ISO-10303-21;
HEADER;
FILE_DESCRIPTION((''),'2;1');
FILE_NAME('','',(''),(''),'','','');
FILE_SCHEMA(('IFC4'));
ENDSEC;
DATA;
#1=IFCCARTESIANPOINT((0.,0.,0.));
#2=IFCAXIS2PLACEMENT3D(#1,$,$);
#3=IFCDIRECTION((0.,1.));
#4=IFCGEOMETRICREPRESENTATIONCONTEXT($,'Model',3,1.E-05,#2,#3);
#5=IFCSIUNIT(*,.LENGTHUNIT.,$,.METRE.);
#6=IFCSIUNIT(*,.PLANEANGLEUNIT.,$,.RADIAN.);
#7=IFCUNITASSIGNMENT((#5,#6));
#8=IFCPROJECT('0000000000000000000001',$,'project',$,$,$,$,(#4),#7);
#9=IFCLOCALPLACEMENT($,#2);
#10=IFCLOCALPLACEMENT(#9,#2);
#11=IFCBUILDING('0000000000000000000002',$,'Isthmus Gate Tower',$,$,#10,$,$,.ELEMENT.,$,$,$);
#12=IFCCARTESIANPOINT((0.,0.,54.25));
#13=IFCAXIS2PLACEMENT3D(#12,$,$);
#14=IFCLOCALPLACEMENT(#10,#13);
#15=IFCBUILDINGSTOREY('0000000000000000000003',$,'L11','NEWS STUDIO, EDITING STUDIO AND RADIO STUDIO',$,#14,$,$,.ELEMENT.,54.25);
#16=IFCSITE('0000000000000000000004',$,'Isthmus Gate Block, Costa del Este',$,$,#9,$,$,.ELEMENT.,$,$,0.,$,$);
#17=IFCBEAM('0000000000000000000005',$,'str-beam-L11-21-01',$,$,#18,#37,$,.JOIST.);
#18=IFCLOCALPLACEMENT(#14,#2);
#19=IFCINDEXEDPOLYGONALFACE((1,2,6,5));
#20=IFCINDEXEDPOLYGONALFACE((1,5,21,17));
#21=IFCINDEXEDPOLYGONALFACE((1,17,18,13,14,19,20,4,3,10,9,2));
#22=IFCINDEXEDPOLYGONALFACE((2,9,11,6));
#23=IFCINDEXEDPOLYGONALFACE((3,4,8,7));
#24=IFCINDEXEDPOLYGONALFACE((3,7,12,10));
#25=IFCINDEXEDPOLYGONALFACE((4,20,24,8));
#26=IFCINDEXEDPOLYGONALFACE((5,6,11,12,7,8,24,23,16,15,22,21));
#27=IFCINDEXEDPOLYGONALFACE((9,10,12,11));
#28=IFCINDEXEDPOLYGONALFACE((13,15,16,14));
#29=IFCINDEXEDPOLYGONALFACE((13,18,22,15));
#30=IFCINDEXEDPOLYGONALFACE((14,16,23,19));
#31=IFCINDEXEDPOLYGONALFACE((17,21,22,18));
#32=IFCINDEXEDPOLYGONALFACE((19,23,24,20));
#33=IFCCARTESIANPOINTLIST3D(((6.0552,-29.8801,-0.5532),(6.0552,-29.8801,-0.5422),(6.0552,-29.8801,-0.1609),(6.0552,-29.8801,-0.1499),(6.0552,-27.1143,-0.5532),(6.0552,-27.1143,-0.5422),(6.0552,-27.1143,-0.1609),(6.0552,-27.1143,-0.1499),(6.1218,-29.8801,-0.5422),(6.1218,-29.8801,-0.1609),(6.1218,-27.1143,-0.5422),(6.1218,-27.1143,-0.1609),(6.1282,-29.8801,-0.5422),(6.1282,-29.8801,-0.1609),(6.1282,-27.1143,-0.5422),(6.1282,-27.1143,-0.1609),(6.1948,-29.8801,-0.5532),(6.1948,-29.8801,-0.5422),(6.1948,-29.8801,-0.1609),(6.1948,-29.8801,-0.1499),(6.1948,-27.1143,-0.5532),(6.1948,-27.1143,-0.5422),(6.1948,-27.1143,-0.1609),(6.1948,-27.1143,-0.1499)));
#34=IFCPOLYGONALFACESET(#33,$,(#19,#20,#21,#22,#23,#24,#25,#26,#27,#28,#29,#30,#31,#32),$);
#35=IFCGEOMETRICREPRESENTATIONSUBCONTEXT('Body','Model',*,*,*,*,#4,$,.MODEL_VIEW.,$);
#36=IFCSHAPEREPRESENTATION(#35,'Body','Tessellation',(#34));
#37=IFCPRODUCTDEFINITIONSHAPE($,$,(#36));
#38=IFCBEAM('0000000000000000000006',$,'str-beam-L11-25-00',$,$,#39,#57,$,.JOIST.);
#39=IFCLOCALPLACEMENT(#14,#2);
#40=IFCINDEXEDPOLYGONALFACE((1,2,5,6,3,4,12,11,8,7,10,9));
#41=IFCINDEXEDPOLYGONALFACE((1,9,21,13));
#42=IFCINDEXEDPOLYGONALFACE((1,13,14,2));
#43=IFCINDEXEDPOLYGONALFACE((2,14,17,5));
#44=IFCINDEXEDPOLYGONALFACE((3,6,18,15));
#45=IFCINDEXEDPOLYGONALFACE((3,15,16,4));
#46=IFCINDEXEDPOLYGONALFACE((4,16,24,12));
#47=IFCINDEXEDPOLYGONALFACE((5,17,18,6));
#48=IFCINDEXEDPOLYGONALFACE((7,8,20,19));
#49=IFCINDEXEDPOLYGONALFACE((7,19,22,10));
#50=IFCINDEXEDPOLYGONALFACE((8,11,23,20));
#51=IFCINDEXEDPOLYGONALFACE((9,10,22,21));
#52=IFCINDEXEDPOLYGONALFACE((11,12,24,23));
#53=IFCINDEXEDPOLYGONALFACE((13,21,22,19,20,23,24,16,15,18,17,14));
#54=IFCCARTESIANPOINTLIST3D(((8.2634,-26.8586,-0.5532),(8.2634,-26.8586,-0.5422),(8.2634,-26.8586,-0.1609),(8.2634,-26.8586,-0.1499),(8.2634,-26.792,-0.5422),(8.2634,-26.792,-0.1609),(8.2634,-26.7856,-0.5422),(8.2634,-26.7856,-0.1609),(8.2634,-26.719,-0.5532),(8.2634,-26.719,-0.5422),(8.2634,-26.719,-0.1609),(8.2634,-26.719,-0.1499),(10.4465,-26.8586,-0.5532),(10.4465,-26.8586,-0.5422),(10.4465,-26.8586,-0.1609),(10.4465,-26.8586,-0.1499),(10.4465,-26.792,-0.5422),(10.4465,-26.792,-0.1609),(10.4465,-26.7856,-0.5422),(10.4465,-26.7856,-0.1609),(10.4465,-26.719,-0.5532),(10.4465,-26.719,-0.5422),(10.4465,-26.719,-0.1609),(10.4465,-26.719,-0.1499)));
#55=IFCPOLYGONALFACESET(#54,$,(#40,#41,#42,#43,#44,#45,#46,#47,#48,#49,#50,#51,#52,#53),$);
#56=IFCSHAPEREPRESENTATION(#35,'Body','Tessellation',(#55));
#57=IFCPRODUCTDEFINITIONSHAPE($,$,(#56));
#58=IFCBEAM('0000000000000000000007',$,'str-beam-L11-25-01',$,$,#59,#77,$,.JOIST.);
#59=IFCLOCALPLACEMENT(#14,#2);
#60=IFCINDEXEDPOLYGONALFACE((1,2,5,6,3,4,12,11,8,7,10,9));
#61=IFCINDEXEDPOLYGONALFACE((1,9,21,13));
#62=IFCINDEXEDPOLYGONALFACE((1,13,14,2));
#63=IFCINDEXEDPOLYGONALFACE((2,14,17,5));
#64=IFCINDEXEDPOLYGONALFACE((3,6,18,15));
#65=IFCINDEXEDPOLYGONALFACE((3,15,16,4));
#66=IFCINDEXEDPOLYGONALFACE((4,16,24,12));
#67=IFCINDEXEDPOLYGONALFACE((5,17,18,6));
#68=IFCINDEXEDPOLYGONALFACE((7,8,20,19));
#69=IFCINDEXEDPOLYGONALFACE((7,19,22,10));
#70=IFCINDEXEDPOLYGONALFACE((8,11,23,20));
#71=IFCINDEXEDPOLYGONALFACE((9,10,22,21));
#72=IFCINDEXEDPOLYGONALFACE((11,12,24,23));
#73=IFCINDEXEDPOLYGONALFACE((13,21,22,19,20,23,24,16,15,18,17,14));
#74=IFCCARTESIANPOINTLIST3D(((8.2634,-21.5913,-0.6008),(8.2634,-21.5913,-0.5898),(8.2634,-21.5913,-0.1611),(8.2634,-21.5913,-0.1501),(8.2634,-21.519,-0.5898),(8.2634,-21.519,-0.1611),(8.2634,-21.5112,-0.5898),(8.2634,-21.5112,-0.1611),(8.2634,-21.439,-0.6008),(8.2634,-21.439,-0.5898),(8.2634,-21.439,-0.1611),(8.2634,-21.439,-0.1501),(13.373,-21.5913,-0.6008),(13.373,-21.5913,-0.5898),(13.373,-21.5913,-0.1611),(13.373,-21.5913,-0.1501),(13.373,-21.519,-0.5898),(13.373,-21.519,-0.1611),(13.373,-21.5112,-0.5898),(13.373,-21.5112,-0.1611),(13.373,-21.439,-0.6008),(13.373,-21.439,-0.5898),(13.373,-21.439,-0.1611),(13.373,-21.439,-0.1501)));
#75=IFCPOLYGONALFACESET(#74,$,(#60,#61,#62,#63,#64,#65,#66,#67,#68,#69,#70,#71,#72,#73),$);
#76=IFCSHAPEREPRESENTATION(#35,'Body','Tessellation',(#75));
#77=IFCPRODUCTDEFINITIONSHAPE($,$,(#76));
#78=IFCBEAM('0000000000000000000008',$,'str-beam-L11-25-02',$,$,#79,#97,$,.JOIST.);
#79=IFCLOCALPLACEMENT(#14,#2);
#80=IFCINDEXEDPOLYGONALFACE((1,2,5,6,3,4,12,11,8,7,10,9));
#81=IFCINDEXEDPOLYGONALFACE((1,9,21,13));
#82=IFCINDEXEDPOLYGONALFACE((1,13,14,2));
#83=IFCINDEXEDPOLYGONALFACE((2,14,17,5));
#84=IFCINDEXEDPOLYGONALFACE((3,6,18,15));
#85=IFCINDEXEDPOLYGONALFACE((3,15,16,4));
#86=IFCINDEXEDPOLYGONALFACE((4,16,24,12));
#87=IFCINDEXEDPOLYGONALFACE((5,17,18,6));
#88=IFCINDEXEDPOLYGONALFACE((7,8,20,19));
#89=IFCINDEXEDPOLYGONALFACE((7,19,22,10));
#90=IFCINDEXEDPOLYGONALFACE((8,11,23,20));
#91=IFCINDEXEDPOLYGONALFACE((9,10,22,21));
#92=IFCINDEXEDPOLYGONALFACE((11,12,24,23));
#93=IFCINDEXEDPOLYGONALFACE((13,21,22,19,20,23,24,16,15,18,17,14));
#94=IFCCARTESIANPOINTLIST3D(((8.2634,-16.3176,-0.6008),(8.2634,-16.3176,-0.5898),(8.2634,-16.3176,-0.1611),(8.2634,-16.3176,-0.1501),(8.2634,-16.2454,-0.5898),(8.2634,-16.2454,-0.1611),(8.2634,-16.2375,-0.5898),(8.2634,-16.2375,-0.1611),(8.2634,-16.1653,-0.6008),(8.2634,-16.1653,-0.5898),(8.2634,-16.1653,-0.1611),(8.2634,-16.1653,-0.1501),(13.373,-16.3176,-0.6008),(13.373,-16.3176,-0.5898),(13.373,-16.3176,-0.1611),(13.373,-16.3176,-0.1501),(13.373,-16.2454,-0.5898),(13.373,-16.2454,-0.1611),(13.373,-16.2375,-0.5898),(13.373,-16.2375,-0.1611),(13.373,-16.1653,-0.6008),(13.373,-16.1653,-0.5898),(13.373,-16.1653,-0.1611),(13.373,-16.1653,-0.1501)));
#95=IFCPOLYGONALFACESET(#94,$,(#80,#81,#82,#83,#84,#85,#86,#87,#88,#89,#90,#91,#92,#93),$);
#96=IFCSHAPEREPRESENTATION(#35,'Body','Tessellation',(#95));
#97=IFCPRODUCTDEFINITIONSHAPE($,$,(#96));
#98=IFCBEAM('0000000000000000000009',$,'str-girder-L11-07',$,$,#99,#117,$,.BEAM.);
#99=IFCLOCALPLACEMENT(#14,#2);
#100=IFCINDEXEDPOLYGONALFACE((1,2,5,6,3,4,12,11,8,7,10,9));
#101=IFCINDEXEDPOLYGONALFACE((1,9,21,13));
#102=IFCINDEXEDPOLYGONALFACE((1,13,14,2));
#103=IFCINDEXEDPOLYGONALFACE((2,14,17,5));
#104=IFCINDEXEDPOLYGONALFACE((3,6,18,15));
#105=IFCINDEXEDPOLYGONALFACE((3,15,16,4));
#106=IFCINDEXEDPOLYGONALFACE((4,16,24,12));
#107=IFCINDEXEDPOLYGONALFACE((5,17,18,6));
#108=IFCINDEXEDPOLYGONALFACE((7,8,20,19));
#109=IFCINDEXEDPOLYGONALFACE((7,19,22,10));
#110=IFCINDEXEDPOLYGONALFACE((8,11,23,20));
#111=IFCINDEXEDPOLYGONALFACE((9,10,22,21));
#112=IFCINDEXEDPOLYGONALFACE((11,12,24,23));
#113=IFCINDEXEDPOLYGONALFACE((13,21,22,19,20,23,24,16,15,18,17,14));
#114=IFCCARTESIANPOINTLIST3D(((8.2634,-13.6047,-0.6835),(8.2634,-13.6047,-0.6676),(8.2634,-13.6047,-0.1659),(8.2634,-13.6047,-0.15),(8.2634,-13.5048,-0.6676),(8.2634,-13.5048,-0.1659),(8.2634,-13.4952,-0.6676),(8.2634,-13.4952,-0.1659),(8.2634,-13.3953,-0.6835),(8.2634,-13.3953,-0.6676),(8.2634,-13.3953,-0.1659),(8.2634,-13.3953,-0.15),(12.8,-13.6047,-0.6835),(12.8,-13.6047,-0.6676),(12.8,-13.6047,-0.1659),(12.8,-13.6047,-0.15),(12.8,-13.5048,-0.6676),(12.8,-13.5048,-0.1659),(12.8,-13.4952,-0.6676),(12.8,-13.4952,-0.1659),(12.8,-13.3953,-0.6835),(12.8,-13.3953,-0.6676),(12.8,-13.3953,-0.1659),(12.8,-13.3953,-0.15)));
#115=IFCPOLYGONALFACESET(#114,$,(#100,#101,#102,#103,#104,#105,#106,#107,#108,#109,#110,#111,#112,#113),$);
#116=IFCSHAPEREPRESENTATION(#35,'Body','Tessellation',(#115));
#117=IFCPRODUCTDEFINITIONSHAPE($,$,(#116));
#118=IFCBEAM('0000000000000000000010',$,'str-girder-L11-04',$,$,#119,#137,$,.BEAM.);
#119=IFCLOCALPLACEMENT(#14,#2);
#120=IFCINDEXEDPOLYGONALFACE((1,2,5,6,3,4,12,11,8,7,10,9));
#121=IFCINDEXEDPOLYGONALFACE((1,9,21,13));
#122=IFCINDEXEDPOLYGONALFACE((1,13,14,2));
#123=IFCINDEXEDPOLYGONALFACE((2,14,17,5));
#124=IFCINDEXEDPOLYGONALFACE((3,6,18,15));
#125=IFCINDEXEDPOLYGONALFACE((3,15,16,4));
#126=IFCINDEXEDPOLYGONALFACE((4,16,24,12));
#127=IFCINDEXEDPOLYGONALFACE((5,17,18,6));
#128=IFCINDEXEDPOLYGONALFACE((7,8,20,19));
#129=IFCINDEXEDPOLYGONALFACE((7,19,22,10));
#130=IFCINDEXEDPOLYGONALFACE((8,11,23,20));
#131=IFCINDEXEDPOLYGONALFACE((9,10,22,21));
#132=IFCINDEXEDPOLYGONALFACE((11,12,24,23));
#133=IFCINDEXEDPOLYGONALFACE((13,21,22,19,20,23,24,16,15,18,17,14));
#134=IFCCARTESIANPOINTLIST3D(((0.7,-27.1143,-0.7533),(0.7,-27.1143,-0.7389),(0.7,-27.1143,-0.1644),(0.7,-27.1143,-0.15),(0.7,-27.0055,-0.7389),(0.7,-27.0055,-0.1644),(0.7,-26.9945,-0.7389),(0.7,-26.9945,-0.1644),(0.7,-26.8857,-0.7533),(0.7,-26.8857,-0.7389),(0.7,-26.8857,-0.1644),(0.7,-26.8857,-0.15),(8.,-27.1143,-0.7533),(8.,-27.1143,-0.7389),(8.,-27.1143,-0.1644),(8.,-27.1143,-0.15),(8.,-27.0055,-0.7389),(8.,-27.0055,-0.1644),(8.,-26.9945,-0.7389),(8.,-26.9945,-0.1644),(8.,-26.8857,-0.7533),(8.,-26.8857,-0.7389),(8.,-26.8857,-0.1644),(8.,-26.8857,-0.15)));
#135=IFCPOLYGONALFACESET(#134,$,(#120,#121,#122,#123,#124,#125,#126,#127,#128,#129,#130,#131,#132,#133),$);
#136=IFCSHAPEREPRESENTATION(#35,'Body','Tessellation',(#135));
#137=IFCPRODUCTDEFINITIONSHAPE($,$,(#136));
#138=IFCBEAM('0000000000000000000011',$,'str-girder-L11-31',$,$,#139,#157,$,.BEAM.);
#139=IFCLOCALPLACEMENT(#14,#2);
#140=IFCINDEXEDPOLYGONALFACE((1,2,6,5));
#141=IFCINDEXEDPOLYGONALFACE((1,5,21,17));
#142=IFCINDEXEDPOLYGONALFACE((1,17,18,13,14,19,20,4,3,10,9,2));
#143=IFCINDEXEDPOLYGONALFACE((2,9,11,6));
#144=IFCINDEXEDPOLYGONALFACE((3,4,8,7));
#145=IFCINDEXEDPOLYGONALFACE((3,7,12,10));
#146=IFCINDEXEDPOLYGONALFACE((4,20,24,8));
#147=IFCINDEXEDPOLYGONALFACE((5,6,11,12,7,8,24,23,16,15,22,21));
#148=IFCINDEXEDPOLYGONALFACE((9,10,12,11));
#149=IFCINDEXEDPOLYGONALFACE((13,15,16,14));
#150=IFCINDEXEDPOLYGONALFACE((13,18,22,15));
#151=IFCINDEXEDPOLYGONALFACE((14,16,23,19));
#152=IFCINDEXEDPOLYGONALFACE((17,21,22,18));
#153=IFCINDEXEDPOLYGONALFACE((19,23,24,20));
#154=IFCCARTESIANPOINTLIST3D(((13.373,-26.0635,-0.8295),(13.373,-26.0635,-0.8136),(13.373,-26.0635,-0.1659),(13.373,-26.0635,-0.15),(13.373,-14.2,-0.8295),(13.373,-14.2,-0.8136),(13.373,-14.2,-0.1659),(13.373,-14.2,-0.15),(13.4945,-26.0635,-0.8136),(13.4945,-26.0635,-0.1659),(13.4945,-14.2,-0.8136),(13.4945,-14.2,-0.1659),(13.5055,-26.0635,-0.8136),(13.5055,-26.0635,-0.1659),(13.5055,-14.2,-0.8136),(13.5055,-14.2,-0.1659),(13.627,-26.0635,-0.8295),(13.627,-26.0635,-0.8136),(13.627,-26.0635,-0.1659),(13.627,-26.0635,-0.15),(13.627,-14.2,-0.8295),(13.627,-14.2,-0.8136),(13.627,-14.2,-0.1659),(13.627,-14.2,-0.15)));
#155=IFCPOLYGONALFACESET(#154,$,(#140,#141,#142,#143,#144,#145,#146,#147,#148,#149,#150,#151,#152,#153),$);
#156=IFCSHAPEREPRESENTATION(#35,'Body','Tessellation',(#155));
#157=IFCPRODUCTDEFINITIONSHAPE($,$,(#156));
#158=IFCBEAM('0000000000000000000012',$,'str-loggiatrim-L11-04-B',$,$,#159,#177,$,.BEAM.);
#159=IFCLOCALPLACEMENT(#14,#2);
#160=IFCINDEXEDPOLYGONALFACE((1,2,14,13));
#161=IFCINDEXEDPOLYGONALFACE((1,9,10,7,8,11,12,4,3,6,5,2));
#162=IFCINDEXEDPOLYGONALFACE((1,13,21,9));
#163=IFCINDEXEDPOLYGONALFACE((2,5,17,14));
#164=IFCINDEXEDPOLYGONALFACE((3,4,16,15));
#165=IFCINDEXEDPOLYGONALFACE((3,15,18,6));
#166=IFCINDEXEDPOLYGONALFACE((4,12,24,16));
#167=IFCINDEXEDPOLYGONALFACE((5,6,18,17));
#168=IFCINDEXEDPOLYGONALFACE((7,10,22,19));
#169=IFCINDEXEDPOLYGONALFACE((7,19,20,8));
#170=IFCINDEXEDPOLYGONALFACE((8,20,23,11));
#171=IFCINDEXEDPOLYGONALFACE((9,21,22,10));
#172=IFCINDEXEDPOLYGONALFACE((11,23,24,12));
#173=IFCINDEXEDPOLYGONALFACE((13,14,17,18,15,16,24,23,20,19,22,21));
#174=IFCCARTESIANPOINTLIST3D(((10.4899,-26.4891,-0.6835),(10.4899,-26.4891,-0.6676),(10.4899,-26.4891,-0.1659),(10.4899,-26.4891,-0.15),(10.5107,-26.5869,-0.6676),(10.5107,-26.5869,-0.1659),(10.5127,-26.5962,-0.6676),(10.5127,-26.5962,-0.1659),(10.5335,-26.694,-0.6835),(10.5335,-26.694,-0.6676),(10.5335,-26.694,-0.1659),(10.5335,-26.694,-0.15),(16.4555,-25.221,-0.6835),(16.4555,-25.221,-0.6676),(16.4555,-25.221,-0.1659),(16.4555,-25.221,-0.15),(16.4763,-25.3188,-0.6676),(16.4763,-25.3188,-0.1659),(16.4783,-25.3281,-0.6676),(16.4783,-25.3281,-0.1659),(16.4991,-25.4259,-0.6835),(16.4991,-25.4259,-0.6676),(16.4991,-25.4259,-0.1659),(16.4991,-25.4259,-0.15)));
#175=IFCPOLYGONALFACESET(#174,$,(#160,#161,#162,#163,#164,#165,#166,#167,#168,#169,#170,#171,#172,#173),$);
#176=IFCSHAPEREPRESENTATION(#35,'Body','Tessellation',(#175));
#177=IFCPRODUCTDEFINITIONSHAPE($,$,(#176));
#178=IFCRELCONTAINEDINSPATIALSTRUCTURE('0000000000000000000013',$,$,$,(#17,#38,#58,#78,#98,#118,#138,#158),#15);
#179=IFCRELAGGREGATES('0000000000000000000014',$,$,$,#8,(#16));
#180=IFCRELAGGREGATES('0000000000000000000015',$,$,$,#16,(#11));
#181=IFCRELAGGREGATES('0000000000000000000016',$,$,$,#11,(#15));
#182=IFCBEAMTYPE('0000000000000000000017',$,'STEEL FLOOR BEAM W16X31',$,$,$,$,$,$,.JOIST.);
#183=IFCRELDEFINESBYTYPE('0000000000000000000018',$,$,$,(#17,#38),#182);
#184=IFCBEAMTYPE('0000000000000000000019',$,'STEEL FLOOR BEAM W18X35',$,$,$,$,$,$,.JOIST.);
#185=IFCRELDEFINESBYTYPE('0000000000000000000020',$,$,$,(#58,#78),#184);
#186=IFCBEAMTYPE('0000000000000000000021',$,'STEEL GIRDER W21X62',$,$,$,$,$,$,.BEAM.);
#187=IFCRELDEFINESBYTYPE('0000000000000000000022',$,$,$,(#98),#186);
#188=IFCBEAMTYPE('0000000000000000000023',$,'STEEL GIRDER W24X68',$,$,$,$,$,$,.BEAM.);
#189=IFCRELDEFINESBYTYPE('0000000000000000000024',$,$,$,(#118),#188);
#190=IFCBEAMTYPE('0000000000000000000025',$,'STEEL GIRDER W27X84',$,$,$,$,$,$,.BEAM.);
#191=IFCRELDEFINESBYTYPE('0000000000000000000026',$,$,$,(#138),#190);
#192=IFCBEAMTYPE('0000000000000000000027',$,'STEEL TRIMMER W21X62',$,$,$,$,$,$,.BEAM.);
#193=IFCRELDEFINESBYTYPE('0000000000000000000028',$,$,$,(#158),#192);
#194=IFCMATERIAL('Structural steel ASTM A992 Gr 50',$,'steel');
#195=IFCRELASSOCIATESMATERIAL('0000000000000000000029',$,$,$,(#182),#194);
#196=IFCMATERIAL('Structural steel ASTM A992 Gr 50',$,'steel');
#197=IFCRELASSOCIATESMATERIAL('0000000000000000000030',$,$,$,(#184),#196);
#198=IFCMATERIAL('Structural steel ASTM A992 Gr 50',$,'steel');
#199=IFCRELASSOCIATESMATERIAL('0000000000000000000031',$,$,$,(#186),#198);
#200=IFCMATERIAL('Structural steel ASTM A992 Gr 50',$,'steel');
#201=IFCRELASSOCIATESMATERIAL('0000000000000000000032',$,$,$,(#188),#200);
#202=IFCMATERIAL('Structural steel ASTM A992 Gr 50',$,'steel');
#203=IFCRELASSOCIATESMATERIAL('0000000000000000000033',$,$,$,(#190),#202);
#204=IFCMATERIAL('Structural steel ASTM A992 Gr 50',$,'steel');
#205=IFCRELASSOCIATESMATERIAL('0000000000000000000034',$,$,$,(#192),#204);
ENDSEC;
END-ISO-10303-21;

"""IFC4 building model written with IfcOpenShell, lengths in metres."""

from ifc_helpers import new_model, si_unit, direction, frame, origin, origin_2d, place, context, subcontext, project, spatial, i_section, extrude, material, material_profile, profile_set, type_object, element, save


model = new_model("IFC4")

# Units and contexts
model_context = context("Model", 3, precision=1e-05, world=origin(), true_north=direction((0.0, 1.0)))
body_context = subcontext(model_context, "Body", "Model", "MODEL_VIEW")
ifc_project = project(units=[si_unit("LENGTHUNIT", "METRE"), si_unit("PLANEANGLEUNIT", "RADIAN")], contexts=[model_context])

# Site, building, storey
site_placement = place(None, origin())
site = spatial("IfcSite", under=ifc_project, at=site_placement, Name="Isthmus Gate Block, Costa del Este", CompositionType="ELEMENT", RefElevation=0.0)
building_placement = place(site_placement, origin())
building = spatial("IfcBuilding", under=site, at=building_placement, Name="Isthmus Gate Tower", CompositionType="ELEMENT")
storey_placement = place(building_placement, frame((0.0, 0.0, 54.25)))
storey = spatial("IfcBuildingStorey", under=building, at=storey_placement, Name="L11", Description="NEWS STUDIO, EDITING STUDIO AND RADIO STUDIO", CompositionType="ELEMENT", Elevation=54.25)

# Beams
ifc_material_1 = material(Name="Structural steel ASTM A992 Gr 50", Category="steel")
ifc_material_profile_1 = material_profile(ifc_material_1, i_section(OverallWidth=0.1396, OverallDepth=0.4033, WebThickness=0.0063, FlangeThickness=0.011, at=origin_2d()), Name="W16X31")
ifc_profile_set_1 = profile_set([ifc_material_profile_1], Name="Structural steel ASTM A992 Gr 50")
beam_type_1 = type_object("IfcBeamType", Name="STEEL FLOOR BEAM W16X31", PredefinedType="JOIST", material=ifc_profile_set_1)
beam_1_placement = place(storey_placement, frame((6.125, -29.8801, -0.3516), z_axis=(0.0, 1.0, 0.0), x_axis=(-1.0, 0.0, 0.0)))
element("IfcBeam", 1, at=beam_1_placement, inside=storey, type_object=beam_type_1, Name="str-beam-L11-21-01", PredefinedType="JOIST", context=body_context, shape_type="SweptSolid", body=[
    extrude(i_section(OverallWidth=0.1396, OverallDepth=0.4033, WebThickness=0.0063, FlangeThickness=0.011, at=origin_2d()), origin(), (0.0, 0.0, 1.0), 2.7659),
])
beam_2_placement = place(storey_placement, frame((8.2634, -26.7888, -0.3516), z_axis=(1.0, 0.0, 0.0), x_axis=(0.0, 1.0, 0.0)))
element("IfcBeam", 2, at=beam_2_placement, inside=storey, type_object=beam_type_1, Name="str-beam-L11-25-00", PredefinedType="JOIST", context=body_context, shape_type="SweptSolid", body=[
    extrude(i_section(OverallWidth=0.1396, OverallDepth=0.4033, WebThickness=0.0063, FlangeThickness=0.011, at=origin_2d()), origin(), (0.0, 0.0, 1.0), 2.1831),
])
ifc_material_2 = material(Name="Structural steel ASTM A992 Gr 50", Category="steel")
ifc_material_profile_2 = material_profile(ifc_material_2, i_section(OverallWidth=0.1523, OverallDepth=0.4507, WebThickness=0.0078, FlangeThickness=0.011, at=origin_2d()), Name="W18X35")
ifc_profile_set_2 = profile_set([ifc_material_profile_2], Name="Structural steel ASTM A992 Gr 50")
beam_type_2 = type_object("IfcBeamType", Name="STEEL FLOOR BEAM W18X35", PredefinedType="JOIST", material=ifc_profile_set_2)
for number, where, z_axis, x_axis, name in (
    (3, (8.2634, -21.5151, -0.3755), (1.0, 0.0, 0.0), (0.0, 1.0, 0.0), "str-beam-L11-25-01"),
    (4, (8.2634, -16.2415, -0.3755), (1.0, 0.0, 0.0), (0.0, 1.0, 0.0), "str-beam-L11-25-02"),
):
    element("IfcBeam", number, at=place(storey_placement, frame(where, z_axis=z_axis, x_axis=x_axis)), inside=storey, type_object=beam_type_2, Name=name, PredefinedType="JOIST", context=body_context, shape_type="SweptSolid", body=[
        extrude(i_section(OverallWidth=0.1523, OverallDepth=0.4507, WebThickness=0.0078, FlangeThickness=0.011, at=origin_2d()), origin(), (0.0, 0.0, 1.0), 5.1096),
    ])
ifc_material_3 = material(Name="Structural steel ASTM A992 Gr 50", Category="steel")
ifc_material_profile_3 = material_profile(ifc_material_3, i_section(OverallWidth=0.2095, OverallDepth=0.5334, WebThickness=0.0095, FlangeThickness=0.0159, at=origin_2d()), Name="W21X62")
ifc_profile_set_3 = profile_set([ifc_material_profile_3], Name="Structural steel ASTM A992 Gr 50")
beam_type_3 = type_object("IfcBeamType", Name="STEEL GIRDER W21X62", PredefinedType="BEAM", material=ifc_profile_set_3)
beam_3_placement = place(storey_placement, frame((8.2634, -13.5, -0.4167), z_axis=(1.0, 0.0, 0.0), x_axis=(0.0, 1.0, 0.0)))
element("IfcBeam", 5, at=beam_3_placement, inside=storey, type_object=beam_type_3, Name="str-girder-L11-07", PredefinedType="BEAM", context=body_context, shape_type="SweptSolid", body=[
    extrude(i_section(OverallWidth=0.2095, OverallDepth=0.5334, WebThickness=0.0095, FlangeThickness=0.0159, at=origin_2d()), origin(), (0.0, 0.0, 1.0), 4.5366),
])
ifc_material_4 = material(Name="Structural steel ASTM A992 Gr 50", Category="steel")
ifc_material_profile_4 = material_profile(ifc_material_4, i_section(OverallWidth=0.2285, OverallDepth=0.6033, WebThickness=0.011, FlangeThickness=0.0144, at=origin_2d()), Name="W24X68")
ifc_profile_set_4 = profile_set([ifc_material_profile_4], Name="Structural steel ASTM A992 Gr 50")
beam_type_4 = type_object("IfcBeamType", Name="STEEL GIRDER W24X68", PredefinedType="BEAM", material=ifc_profile_set_4)
beam_4_placement = place(storey_placement, frame((0.7, -27.0, -0.4517), z_axis=(1.0, 0.0, 0.0), x_axis=(0.0, 1.0, 0.0)))
element("IfcBeam", 6, at=beam_4_placement, inside=storey, type_object=beam_type_4, Name="str-girder-L11-04", PredefinedType="BEAM", context=body_context, shape_type="SweptSolid", body=[
    extrude(i_section(OverallWidth=0.2285, OverallDepth=0.6033, WebThickness=0.011, FlangeThickness=0.0144, at=origin_2d()), origin(), (0.0, 0.0, 1.0), 7.3),
])
ifc_material_5 = material(Name="Structural steel ASTM A992 Gr 50", Category="steel")
ifc_material_profile_5 = material_profile(ifc_material_5, i_section(OverallWidth=0.2539, OverallDepth=0.6794, WebThickness=0.011, FlangeThickness=0.0159, at=origin_2d()), Name="W27X84")
ifc_profile_set_5 = profile_set([ifc_material_profile_5], Name="Structural steel ASTM A992 Gr 50")
beam_type_5 = type_object("IfcBeamType", Name="STEEL GIRDER W27X84", PredefinedType="BEAM", material=ifc_profile_set_5)
beam_5_placement = place(storey_placement, frame((13.5, -26.0635, -0.4897), z_axis=(0.0, 1.0, 0.0), x_axis=(-1.0, 0.0, 0.0)))
element("IfcBeam", 7, at=beam_5_placement, inside=storey, type_object=beam_type_5, Name="str-girder-L11-31", PredefinedType="BEAM", context=body_context, shape_type="SweptSolid", body=[
    extrude(i_section(OverallWidth=0.2539, OverallDepth=0.6794, WebThickness=0.011, FlangeThickness=0.0159, at=origin_2d()), origin(), (0.0, 0.0, 1.0), 11.8635),
])
ifc_material_6 = material(Name="Structural steel ASTM A992 Gr 50", Category="steel")
ifc_material_profile_6 = material_profile(ifc_material_6, i_section(OverallWidth=0.2095, OverallDepth=0.5334, WebThickness=0.0095, FlangeThickness=0.0159, at=origin_2d()), Name="W21X62")
ifc_profile_set_6 = profile_set([ifc_material_profile_6], Name="Structural steel ASTM A992 Gr 50")
beam_type_6 = type_object("IfcBeamType", Name="STEEL TRIMMER W21X62", PredefinedType="BEAM", material=ifc_profile_set_6)
beam_6_placement = place(storey_placement, frame((10.5117, -26.5916, -0.4167), z_axis=(0.978146, 0.207919, 0.0), x_axis=(-0.207919, 0.978146, 0.0)))
element("IfcBeam", 8, at=beam_6_placement, inside=storey, type_object=beam_type_6, Name="str-loggiatrim-L11-04-B", PredefinedType="BEAM", context=body_context, shape_type="SweptSolid", body=[
    extrude(i_section(OverallWidth=0.2095, OverallDepth=0.5334, WebThickness=0.0095, FlangeThickness=0.0159, at=origin_2d()), origin(), (0.0, 0.0, 1.0), 6.0989),
])

save(model, "model.ifc")
